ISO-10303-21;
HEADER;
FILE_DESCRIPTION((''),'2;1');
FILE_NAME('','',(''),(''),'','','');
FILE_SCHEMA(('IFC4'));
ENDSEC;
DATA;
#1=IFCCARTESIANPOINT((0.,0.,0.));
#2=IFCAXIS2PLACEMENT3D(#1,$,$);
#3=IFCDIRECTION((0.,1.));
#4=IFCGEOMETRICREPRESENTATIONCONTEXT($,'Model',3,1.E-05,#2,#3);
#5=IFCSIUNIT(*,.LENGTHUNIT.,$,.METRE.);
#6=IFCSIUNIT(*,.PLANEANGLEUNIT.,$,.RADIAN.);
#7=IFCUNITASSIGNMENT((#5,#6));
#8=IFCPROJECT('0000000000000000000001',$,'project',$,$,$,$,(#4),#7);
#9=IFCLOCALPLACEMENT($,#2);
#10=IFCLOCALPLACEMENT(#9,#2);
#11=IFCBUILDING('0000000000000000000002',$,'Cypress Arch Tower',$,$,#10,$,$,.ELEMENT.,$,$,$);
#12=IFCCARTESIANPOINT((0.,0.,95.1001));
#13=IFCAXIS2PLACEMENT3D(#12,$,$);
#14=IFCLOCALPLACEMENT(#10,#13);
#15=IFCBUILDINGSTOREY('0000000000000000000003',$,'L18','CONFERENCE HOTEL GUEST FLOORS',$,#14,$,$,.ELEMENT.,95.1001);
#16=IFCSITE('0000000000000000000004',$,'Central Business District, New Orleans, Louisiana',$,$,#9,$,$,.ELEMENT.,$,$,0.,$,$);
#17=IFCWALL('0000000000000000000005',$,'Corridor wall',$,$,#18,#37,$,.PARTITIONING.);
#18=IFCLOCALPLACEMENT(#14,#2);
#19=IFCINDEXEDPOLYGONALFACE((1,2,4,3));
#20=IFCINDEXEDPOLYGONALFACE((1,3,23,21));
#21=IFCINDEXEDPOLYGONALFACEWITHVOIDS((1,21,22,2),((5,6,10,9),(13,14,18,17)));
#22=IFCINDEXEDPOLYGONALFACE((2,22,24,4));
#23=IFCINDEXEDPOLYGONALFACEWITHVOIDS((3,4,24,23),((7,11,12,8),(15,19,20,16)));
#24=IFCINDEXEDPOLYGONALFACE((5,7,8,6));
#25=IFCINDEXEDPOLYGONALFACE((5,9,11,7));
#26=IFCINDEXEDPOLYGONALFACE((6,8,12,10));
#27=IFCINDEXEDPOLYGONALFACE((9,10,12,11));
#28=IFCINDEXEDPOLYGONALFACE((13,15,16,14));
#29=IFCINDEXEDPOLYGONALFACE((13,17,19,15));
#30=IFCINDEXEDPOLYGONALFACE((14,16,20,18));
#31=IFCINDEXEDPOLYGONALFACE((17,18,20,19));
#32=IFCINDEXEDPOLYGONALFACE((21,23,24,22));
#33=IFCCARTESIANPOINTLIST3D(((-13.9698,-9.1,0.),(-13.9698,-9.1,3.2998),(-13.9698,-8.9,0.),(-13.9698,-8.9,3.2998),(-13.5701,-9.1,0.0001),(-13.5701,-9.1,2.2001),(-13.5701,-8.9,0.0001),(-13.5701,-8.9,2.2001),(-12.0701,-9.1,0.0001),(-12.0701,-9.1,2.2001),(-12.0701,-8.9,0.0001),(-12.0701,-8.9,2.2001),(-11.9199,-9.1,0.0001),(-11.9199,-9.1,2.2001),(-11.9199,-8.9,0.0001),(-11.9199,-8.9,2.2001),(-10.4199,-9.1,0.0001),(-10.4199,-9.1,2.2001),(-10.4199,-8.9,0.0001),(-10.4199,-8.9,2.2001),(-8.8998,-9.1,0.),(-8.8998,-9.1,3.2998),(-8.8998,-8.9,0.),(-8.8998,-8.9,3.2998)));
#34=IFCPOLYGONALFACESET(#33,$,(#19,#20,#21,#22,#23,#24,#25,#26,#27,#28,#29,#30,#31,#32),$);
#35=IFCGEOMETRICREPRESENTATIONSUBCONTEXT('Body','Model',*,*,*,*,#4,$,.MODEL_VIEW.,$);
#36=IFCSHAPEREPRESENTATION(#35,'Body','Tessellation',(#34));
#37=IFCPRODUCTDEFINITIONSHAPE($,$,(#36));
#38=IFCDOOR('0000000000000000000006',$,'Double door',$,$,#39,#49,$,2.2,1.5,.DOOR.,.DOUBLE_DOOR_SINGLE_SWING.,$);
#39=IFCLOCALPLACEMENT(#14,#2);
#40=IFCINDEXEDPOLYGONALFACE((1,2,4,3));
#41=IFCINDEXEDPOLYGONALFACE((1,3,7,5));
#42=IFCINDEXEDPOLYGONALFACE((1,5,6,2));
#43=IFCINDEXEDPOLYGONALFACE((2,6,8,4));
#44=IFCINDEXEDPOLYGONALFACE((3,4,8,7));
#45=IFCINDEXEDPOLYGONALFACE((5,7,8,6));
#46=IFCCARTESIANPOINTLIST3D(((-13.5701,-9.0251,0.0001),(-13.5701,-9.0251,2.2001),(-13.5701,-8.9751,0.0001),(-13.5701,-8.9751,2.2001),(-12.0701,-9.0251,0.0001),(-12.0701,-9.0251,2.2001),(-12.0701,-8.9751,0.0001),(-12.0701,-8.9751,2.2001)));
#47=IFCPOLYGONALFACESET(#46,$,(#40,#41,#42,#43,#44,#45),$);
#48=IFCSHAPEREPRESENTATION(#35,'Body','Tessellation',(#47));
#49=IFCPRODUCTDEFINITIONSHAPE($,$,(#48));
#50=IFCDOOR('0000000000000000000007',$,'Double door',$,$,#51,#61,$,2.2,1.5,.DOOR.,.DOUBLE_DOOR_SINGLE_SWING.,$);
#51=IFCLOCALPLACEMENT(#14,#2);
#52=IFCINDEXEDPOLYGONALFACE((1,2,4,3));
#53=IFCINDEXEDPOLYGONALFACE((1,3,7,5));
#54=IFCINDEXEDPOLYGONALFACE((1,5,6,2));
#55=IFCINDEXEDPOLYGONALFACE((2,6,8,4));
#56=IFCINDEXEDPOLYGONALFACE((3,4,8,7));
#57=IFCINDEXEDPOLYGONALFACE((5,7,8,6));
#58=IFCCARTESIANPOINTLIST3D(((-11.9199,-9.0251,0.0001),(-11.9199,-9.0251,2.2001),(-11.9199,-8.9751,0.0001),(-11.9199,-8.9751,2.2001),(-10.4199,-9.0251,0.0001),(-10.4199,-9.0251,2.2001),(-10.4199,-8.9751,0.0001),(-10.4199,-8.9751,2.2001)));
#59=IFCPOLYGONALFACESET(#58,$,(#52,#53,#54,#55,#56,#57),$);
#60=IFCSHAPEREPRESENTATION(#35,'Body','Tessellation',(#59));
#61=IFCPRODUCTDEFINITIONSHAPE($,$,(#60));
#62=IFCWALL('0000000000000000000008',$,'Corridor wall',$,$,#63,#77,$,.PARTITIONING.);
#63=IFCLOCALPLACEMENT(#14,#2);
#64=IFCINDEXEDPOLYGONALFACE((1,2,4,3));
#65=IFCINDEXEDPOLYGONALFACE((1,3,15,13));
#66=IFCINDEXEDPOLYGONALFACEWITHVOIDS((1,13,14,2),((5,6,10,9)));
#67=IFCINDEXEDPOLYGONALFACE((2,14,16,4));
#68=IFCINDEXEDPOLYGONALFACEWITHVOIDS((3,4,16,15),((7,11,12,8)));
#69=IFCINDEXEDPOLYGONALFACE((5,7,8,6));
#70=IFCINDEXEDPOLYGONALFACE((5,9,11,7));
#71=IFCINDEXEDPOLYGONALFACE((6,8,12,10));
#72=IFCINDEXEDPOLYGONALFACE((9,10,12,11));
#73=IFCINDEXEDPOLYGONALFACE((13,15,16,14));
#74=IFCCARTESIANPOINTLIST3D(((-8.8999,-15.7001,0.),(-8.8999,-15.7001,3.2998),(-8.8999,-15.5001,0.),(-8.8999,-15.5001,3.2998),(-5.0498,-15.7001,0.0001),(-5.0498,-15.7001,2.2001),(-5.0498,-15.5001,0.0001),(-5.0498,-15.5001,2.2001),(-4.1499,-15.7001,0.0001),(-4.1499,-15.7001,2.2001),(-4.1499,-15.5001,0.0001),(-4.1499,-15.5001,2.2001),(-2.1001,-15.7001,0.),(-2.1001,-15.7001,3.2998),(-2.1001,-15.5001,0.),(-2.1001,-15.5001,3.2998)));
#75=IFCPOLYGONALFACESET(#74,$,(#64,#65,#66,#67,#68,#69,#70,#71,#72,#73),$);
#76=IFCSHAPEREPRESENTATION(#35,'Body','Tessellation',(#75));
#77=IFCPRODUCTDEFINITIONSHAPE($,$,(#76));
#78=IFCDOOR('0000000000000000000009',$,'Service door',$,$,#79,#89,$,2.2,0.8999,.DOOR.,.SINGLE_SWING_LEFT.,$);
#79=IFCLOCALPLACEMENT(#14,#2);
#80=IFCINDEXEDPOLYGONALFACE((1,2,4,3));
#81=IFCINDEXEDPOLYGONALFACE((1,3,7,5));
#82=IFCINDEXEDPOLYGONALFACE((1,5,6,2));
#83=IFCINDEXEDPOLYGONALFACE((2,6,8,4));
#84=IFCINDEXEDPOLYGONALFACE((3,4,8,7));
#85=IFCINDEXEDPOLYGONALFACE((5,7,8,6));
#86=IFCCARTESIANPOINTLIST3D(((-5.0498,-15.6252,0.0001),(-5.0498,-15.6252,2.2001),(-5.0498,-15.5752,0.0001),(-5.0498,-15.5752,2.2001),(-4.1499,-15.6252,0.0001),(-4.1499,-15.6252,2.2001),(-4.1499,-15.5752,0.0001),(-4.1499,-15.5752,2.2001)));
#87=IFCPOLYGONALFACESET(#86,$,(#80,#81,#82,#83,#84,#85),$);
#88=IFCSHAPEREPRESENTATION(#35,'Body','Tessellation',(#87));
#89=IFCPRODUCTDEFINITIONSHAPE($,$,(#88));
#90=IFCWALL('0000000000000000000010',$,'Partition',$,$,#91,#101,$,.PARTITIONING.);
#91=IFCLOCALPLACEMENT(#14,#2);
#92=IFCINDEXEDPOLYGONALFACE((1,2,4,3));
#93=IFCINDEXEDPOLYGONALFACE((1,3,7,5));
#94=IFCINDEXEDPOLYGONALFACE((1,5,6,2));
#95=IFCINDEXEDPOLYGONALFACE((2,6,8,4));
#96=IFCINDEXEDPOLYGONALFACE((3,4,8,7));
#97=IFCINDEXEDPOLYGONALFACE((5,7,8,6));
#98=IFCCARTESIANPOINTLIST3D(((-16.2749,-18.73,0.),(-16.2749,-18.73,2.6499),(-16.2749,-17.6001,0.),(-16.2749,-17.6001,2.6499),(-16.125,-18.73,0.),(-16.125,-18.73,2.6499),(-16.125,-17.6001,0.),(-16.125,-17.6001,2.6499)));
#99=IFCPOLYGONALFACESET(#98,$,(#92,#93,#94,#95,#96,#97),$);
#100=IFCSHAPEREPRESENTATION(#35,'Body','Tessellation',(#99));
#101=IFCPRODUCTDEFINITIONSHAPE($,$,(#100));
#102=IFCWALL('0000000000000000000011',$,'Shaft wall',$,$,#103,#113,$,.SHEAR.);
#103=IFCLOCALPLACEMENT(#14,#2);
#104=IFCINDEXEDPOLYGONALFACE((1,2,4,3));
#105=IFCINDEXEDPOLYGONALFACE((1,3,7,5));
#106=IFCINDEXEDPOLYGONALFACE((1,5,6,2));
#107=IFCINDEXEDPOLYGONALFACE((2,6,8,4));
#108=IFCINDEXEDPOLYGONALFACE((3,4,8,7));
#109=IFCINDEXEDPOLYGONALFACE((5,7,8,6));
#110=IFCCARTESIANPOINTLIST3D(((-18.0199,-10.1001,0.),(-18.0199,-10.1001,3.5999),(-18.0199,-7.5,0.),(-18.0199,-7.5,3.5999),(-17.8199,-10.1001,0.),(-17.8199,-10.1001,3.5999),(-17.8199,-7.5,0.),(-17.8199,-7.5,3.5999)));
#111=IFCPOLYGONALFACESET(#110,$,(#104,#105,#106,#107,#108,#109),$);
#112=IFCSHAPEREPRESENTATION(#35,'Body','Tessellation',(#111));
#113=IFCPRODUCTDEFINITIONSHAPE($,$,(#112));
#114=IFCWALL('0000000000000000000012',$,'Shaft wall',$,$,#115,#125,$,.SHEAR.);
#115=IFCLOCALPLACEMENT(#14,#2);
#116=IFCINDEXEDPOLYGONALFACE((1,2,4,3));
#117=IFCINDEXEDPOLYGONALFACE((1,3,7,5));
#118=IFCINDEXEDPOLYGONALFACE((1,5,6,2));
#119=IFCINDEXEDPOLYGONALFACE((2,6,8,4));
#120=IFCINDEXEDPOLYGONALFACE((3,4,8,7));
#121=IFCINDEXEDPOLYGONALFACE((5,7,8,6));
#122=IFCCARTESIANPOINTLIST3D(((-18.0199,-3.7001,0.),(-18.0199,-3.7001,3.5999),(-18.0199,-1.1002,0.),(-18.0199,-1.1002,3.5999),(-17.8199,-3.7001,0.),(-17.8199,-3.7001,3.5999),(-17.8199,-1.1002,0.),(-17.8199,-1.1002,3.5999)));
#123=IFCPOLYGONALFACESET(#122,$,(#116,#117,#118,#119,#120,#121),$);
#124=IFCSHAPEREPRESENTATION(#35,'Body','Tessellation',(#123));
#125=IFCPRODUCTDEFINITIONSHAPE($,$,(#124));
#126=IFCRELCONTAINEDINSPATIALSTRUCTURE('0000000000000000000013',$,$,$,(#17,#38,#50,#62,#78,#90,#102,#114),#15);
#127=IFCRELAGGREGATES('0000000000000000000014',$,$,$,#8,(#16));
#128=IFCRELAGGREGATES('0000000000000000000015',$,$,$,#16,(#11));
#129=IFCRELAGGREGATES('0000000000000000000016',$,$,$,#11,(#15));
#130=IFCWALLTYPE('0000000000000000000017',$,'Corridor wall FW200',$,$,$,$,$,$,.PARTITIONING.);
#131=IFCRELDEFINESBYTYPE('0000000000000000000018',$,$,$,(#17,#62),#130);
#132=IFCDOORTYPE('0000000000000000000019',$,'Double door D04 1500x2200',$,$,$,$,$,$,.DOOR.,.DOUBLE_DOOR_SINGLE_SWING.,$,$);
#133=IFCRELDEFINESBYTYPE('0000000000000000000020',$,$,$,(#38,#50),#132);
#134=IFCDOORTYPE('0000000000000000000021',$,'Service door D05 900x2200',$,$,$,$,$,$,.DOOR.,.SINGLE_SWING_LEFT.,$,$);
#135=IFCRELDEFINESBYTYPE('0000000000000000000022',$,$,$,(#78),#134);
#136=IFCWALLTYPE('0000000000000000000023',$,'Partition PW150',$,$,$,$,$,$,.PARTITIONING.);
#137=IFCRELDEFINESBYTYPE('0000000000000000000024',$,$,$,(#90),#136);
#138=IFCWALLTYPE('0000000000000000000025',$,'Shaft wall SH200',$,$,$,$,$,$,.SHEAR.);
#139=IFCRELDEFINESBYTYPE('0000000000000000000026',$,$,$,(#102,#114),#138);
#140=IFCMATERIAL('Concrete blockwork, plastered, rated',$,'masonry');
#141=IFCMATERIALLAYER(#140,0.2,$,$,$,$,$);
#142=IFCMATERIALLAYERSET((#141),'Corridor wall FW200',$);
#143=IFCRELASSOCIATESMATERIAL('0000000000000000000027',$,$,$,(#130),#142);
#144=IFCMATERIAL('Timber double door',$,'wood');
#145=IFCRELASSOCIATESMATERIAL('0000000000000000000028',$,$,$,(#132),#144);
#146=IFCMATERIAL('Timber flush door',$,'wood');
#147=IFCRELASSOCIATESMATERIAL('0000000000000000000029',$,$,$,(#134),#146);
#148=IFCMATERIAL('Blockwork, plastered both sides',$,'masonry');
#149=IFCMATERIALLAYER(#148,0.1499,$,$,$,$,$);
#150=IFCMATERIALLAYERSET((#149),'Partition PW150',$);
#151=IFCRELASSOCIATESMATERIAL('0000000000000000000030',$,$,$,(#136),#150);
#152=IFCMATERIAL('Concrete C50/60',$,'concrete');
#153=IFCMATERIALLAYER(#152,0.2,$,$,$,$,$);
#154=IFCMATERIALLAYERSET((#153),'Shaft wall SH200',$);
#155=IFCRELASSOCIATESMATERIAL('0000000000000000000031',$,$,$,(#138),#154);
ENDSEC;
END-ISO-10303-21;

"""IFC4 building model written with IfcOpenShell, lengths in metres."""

from ifc_helpers import new_model, si_unit, direction, frame, frame_2d, origin, place, context, subcontext, project, spatial, rectangle, extrude, material, layer, layer_set, type_object, element, fill, save


model = new_model("IFC4")

# Units and contexts
model_context = context("Model", 3, precision=1e-05, world=origin(), true_north=direction((0.0, 1.0)))
body_context = subcontext(model_context, "Body", "Model", "MODEL_VIEW")
ifc_project = project(units=[si_unit("LENGTHUNIT", "METRE"), si_unit("PLANEANGLEUNIT", "RADIAN")], contexts=[model_context])

# Site, building, storey
site_placement = place(None, origin())
site = spatial("IfcSite", under=ifc_project, at=site_placement, Name="Central Business District, New Orleans, Louisiana", CompositionType="ELEMENT", RefElevation=0.0)
building_placement = place(site_placement, origin())
building = spatial("IfcBuilding", under=site, at=building_placement, Name="Cypress Arch Tower", CompositionType="ELEMENT")
storey_placement = place(building_placement, frame((0.0, 0.0, 95.1001)))
storey = spatial("IfcBuildingStorey", under=building, at=storey_placement, Name="L18", Description="CONFERENCE HOTEL GUEST FLOORS", CompositionType="ELEMENT", Elevation=95.1001)

# Shared definitions
ifc_material_1 = material(Name="Concrete blockwork, plastered, rated", Category="masonry")
ifc_layer_1 = layer(ifc_material_1, 0.2)
ifc_layer_set_1 = layer_set([ifc_layer_1], Name="Corridor wall FW200")
wall_type_1 = type_object("IfcWallType", Name="Corridor wall FW200", PredefinedType="PARTITIONING", material=ifc_layer_set_1)

# Wall, openings, doors
wall_1_placement = place(storey_placement, frame((-13.97, -9.0, 0.0), z_axis=(0.0, 0.0, 1.0), x_axis=(1.0, 0.0, 0.0)))
wall_1 = element("IfcWall", 1, at=wall_1_placement, inside=storey, type_object=wall_type_1, Name="Corridor wall", PredefinedType="PARTITIONING", context=body_context, shape_type="SweptSolid", body=[
    extrude(rectangle(XDim=5.0701, YDim=0.2, at=frame_2d((2.5352, 0.0))), origin(), (0.0, 0.0, 1.0), 3.2998),
])
opening_1_placement = place(wall_1_placement, frame((0.3999, 0.0, 0.0)))
opening_1 = element("IfcOpeningElement", 2, at=opening_1_placement, cuts=wall_1, PredefinedType="OPENING", context=body_context, shape_type="SweptSolid", body=[
    extrude(rectangle(XDim=1.5, YDim=2.2, at=frame_2d((0.75, 1.1001))), frame((0.0, 0.1099, 0.0), z_axis=(0.0, -1.0, 0.0), x_axis=(1.0, 0.0, 0.0)), (0.0, 0.0, 1.0), 0.22),
])
opening_2_placement = place(wall_1_placement, frame((2.05, 0.0, 0.0)))
opening_2 = element("IfcOpeningElement", 3, at=opening_2_placement, cuts=wall_1, PredefinedType="OPENING", context=body_context, shape_type="SweptSolid", body=[
    extrude(rectangle(XDim=1.5, YDim=2.2, at=frame_2d((0.75, 1.1001))), frame((0.0, 0.1099, 0.0), z_axis=(0.0, -1.0, 0.0), x_axis=(1.0, 0.0, 0.0)), (0.0, 0.0, 1.0), 0.22),
])
ifc_material_2 = material(Name="Timber double door", Category="wood")
door_type_1 = type_object("IfcDoorType", Name="Double door D04 1500x2200", OperationType="DOUBLE_DOOR_SINGLE_SWING", PredefinedType="DOOR", material=ifc_material_2)
door_1_placement = place(opening_1_placement, origin())
door_1 = element("IfcDoor", 4, at=door_1_placement, inside=storey, type_object=door_type_1, Name="Double door", OperationType="DOUBLE_DOOR_SINGLE_SWING", OverallHeight=2.2, OverallWidth=1.5, PredefinedType="DOOR", context=body_context, shape_type="SweptSolid", body=[
    extrude(rectangle(XDim=1.5, YDim=2.2, at=frame_2d((0.75, 1.1001))), frame((0.0, 0.0249, 0.0), z_axis=(0.0, -1.0, 0.0), x_axis=(1.0, 0.0, 0.0)), (0.0, 0.0, 1.0), 0.05),
])
fill(opening_1, door_1)
door_2_placement = place(opening_2_placement, origin())
door_2 = element("IfcDoor", 5, at=door_2_placement, inside=storey, type_object=door_type_1, Name="Double door", OperationType="DOUBLE_DOOR_SINGLE_SWING", OverallHeight=2.2, OverallWidth=1.5, PredefinedType="DOOR", context=body_context, shape_type="SweptSolid", body=[
    extrude(rectangle(XDim=1.5, YDim=2.2, at=frame_2d((0.75, 1.1001))), frame((0.0, 0.0249, 0.0), z_axis=(0.0, -1.0, 0.0), x_axis=(1.0, 0.0, 0.0)), (0.0, 0.0, 1.0), 0.05),
])
fill(opening_2, door_2)

# Wall, opening, door
wall_2_placement = place(storey_placement, frame((-8.8999, -15.6001, 0.0), z_axis=(0.0, 0.0, 1.0), x_axis=(1.0, 0.0, 0.0)))
wall_2 = element("IfcWall", 6, at=wall_2_placement, inside=storey, type_object=wall_type_1, Name="Corridor wall", PredefinedType="PARTITIONING", context=body_context, shape_type="SweptSolid", body=[
    extrude(rectangle(XDim=6.7998, YDim=0.2, at=frame_2d((3.3999, 0.0))), origin(), (0.0, 0.0, 1.0), 3.2998),
])
opening_3_placement = place(wall_2_placement, frame((3.8501, 0.0, 0.0)))
opening_3 = element("IfcOpeningElement", 7, at=opening_3_placement, cuts=wall_2, PredefinedType="OPENING", context=body_context, shape_type="SweptSolid", body=[
    extrude(rectangle(XDim=0.8999, YDim=2.2, at=frame_2d((0.45, 1.1001))), frame((0.0, 0.1099, 0.0), z_axis=(0.0, -1.0, 0.0), x_axis=(1.0, 0.0, 0.0)), (0.0, 0.0, 1.0), 0.22),
])
ifc_material_3 = material(Name="Timber flush door", Category="wood")
door_type_2 = type_object("IfcDoorType", Name="Service door D05 900x2200", OperationType="SINGLE_SWING_LEFT", PredefinedType="DOOR", material=ifc_material_3)
door_3_placement = place(opening_3_placement, origin())
door_3 = element("IfcDoor", 8, at=door_3_placement, inside=storey, type_object=door_type_2, Name="Service door", OperationType="SINGLE_SWING_LEFT", OverallHeight=2.2, OverallWidth=0.8999, PredefinedType="DOOR", context=body_context, shape_type="SweptSolid", body=[
    extrude(rectangle(XDim=0.8999, YDim=2.2, at=frame_2d((0.45, 1.1001))), frame((0.0, 0.0249, 0.0), z_axis=(0.0, -1.0, 0.0), x_axis=(1.0, 0.0, 0.0)), (0.0, 0.0, 1.0), 0.05),
])
fill(opening_3, door_3)

# Walls
ifc_material_4 = material(Name="Blockwork, plastered both sides", Category="masonry")
ifc_layer_2 = layer(ifc_material_4, 0.1499)
ifc_layer_set_2 = layer_set([ifc_layer_2], Name="Partition PW150")
wall_type_2 = type_object("IfcWallType", Name="Partition PW150", PredefinedType="PARTITIONING", material=ifc_layer_set_2)
wall_3_placement = place(storey_placement, frame((-16.2, -18.73, 0.0), z_axis=(0.0, 0.0, 1.0), x_axis=(0.0, 1.0, 0.0)))
element("IfcWall", 9, at=wall_3_placement, inside=storey, type_object=wall_type_2, Name="Partition", PredefinedType="PARTITIONING", context=body_context, shape_type="SweptSolid", body=[
    extrude(rectangle(XDim=1.1299, YDim=0.1499, at=frame_2d((0.5649, 0.0))), origin(), (0.0, 0.0, 1.0), 2.6499),
])
ifc_material_5 = material(Name="Concrete C50/60", Category="concrete")
ifc_layer_3 = layer(ifc_material_5, 0.2)
ifc_layer_set_3 = layer_set([ifc_layer_3], Name="Shaft wall SH200")
wall_type_3 = type_object("IfcWallType", Name="Shaft wall SH200", PredefinedType="SHEAR", material=ifc_layer_set_3)
wall_4_placement = place(storey_placement, frame((-17.9199, -10.1001, 0.0), z_axis=(0.0, 0.0, 1.0), x_axis=(0.0, 1.0, 0.0)))
element("IfcWall", 10, at=wall_4_placement, inside=storey, type_object=wall_type_3, Name="Shaft wall", PredefinedType="SHEAR", context=body_context, shape_type="SweptSolid", body=[
    extrude(rectangle(XDim=2.6001, YDim=0.2, at=frame_2d((1.3, 0.0))), origin(), (0.0, 0.0, 1.0), 3.5999),
])
wall_5_placement = place(storey_placement, frame((-17.9199, -3.7, 0.0), z_axis=(0.0, 0.0, 1.0), x_axis=(0.0, 1.0, 0.0)))
element("IfcWall", 11, at=wall_5_placement, inside=storey, type_object=wall_type_3, Name="Shaft wall", PredefinedType="SHEAR", context=body_context, shape_type="SweptSolid", body=[
    extrude(rectangle(XDim=2.5999, YDim=0.2, at=frame_2d((1.2998, 0.0))), origin(), (0.0, 0.0, 1.0), 3.5999),
])

save(model, "model.ifc")
